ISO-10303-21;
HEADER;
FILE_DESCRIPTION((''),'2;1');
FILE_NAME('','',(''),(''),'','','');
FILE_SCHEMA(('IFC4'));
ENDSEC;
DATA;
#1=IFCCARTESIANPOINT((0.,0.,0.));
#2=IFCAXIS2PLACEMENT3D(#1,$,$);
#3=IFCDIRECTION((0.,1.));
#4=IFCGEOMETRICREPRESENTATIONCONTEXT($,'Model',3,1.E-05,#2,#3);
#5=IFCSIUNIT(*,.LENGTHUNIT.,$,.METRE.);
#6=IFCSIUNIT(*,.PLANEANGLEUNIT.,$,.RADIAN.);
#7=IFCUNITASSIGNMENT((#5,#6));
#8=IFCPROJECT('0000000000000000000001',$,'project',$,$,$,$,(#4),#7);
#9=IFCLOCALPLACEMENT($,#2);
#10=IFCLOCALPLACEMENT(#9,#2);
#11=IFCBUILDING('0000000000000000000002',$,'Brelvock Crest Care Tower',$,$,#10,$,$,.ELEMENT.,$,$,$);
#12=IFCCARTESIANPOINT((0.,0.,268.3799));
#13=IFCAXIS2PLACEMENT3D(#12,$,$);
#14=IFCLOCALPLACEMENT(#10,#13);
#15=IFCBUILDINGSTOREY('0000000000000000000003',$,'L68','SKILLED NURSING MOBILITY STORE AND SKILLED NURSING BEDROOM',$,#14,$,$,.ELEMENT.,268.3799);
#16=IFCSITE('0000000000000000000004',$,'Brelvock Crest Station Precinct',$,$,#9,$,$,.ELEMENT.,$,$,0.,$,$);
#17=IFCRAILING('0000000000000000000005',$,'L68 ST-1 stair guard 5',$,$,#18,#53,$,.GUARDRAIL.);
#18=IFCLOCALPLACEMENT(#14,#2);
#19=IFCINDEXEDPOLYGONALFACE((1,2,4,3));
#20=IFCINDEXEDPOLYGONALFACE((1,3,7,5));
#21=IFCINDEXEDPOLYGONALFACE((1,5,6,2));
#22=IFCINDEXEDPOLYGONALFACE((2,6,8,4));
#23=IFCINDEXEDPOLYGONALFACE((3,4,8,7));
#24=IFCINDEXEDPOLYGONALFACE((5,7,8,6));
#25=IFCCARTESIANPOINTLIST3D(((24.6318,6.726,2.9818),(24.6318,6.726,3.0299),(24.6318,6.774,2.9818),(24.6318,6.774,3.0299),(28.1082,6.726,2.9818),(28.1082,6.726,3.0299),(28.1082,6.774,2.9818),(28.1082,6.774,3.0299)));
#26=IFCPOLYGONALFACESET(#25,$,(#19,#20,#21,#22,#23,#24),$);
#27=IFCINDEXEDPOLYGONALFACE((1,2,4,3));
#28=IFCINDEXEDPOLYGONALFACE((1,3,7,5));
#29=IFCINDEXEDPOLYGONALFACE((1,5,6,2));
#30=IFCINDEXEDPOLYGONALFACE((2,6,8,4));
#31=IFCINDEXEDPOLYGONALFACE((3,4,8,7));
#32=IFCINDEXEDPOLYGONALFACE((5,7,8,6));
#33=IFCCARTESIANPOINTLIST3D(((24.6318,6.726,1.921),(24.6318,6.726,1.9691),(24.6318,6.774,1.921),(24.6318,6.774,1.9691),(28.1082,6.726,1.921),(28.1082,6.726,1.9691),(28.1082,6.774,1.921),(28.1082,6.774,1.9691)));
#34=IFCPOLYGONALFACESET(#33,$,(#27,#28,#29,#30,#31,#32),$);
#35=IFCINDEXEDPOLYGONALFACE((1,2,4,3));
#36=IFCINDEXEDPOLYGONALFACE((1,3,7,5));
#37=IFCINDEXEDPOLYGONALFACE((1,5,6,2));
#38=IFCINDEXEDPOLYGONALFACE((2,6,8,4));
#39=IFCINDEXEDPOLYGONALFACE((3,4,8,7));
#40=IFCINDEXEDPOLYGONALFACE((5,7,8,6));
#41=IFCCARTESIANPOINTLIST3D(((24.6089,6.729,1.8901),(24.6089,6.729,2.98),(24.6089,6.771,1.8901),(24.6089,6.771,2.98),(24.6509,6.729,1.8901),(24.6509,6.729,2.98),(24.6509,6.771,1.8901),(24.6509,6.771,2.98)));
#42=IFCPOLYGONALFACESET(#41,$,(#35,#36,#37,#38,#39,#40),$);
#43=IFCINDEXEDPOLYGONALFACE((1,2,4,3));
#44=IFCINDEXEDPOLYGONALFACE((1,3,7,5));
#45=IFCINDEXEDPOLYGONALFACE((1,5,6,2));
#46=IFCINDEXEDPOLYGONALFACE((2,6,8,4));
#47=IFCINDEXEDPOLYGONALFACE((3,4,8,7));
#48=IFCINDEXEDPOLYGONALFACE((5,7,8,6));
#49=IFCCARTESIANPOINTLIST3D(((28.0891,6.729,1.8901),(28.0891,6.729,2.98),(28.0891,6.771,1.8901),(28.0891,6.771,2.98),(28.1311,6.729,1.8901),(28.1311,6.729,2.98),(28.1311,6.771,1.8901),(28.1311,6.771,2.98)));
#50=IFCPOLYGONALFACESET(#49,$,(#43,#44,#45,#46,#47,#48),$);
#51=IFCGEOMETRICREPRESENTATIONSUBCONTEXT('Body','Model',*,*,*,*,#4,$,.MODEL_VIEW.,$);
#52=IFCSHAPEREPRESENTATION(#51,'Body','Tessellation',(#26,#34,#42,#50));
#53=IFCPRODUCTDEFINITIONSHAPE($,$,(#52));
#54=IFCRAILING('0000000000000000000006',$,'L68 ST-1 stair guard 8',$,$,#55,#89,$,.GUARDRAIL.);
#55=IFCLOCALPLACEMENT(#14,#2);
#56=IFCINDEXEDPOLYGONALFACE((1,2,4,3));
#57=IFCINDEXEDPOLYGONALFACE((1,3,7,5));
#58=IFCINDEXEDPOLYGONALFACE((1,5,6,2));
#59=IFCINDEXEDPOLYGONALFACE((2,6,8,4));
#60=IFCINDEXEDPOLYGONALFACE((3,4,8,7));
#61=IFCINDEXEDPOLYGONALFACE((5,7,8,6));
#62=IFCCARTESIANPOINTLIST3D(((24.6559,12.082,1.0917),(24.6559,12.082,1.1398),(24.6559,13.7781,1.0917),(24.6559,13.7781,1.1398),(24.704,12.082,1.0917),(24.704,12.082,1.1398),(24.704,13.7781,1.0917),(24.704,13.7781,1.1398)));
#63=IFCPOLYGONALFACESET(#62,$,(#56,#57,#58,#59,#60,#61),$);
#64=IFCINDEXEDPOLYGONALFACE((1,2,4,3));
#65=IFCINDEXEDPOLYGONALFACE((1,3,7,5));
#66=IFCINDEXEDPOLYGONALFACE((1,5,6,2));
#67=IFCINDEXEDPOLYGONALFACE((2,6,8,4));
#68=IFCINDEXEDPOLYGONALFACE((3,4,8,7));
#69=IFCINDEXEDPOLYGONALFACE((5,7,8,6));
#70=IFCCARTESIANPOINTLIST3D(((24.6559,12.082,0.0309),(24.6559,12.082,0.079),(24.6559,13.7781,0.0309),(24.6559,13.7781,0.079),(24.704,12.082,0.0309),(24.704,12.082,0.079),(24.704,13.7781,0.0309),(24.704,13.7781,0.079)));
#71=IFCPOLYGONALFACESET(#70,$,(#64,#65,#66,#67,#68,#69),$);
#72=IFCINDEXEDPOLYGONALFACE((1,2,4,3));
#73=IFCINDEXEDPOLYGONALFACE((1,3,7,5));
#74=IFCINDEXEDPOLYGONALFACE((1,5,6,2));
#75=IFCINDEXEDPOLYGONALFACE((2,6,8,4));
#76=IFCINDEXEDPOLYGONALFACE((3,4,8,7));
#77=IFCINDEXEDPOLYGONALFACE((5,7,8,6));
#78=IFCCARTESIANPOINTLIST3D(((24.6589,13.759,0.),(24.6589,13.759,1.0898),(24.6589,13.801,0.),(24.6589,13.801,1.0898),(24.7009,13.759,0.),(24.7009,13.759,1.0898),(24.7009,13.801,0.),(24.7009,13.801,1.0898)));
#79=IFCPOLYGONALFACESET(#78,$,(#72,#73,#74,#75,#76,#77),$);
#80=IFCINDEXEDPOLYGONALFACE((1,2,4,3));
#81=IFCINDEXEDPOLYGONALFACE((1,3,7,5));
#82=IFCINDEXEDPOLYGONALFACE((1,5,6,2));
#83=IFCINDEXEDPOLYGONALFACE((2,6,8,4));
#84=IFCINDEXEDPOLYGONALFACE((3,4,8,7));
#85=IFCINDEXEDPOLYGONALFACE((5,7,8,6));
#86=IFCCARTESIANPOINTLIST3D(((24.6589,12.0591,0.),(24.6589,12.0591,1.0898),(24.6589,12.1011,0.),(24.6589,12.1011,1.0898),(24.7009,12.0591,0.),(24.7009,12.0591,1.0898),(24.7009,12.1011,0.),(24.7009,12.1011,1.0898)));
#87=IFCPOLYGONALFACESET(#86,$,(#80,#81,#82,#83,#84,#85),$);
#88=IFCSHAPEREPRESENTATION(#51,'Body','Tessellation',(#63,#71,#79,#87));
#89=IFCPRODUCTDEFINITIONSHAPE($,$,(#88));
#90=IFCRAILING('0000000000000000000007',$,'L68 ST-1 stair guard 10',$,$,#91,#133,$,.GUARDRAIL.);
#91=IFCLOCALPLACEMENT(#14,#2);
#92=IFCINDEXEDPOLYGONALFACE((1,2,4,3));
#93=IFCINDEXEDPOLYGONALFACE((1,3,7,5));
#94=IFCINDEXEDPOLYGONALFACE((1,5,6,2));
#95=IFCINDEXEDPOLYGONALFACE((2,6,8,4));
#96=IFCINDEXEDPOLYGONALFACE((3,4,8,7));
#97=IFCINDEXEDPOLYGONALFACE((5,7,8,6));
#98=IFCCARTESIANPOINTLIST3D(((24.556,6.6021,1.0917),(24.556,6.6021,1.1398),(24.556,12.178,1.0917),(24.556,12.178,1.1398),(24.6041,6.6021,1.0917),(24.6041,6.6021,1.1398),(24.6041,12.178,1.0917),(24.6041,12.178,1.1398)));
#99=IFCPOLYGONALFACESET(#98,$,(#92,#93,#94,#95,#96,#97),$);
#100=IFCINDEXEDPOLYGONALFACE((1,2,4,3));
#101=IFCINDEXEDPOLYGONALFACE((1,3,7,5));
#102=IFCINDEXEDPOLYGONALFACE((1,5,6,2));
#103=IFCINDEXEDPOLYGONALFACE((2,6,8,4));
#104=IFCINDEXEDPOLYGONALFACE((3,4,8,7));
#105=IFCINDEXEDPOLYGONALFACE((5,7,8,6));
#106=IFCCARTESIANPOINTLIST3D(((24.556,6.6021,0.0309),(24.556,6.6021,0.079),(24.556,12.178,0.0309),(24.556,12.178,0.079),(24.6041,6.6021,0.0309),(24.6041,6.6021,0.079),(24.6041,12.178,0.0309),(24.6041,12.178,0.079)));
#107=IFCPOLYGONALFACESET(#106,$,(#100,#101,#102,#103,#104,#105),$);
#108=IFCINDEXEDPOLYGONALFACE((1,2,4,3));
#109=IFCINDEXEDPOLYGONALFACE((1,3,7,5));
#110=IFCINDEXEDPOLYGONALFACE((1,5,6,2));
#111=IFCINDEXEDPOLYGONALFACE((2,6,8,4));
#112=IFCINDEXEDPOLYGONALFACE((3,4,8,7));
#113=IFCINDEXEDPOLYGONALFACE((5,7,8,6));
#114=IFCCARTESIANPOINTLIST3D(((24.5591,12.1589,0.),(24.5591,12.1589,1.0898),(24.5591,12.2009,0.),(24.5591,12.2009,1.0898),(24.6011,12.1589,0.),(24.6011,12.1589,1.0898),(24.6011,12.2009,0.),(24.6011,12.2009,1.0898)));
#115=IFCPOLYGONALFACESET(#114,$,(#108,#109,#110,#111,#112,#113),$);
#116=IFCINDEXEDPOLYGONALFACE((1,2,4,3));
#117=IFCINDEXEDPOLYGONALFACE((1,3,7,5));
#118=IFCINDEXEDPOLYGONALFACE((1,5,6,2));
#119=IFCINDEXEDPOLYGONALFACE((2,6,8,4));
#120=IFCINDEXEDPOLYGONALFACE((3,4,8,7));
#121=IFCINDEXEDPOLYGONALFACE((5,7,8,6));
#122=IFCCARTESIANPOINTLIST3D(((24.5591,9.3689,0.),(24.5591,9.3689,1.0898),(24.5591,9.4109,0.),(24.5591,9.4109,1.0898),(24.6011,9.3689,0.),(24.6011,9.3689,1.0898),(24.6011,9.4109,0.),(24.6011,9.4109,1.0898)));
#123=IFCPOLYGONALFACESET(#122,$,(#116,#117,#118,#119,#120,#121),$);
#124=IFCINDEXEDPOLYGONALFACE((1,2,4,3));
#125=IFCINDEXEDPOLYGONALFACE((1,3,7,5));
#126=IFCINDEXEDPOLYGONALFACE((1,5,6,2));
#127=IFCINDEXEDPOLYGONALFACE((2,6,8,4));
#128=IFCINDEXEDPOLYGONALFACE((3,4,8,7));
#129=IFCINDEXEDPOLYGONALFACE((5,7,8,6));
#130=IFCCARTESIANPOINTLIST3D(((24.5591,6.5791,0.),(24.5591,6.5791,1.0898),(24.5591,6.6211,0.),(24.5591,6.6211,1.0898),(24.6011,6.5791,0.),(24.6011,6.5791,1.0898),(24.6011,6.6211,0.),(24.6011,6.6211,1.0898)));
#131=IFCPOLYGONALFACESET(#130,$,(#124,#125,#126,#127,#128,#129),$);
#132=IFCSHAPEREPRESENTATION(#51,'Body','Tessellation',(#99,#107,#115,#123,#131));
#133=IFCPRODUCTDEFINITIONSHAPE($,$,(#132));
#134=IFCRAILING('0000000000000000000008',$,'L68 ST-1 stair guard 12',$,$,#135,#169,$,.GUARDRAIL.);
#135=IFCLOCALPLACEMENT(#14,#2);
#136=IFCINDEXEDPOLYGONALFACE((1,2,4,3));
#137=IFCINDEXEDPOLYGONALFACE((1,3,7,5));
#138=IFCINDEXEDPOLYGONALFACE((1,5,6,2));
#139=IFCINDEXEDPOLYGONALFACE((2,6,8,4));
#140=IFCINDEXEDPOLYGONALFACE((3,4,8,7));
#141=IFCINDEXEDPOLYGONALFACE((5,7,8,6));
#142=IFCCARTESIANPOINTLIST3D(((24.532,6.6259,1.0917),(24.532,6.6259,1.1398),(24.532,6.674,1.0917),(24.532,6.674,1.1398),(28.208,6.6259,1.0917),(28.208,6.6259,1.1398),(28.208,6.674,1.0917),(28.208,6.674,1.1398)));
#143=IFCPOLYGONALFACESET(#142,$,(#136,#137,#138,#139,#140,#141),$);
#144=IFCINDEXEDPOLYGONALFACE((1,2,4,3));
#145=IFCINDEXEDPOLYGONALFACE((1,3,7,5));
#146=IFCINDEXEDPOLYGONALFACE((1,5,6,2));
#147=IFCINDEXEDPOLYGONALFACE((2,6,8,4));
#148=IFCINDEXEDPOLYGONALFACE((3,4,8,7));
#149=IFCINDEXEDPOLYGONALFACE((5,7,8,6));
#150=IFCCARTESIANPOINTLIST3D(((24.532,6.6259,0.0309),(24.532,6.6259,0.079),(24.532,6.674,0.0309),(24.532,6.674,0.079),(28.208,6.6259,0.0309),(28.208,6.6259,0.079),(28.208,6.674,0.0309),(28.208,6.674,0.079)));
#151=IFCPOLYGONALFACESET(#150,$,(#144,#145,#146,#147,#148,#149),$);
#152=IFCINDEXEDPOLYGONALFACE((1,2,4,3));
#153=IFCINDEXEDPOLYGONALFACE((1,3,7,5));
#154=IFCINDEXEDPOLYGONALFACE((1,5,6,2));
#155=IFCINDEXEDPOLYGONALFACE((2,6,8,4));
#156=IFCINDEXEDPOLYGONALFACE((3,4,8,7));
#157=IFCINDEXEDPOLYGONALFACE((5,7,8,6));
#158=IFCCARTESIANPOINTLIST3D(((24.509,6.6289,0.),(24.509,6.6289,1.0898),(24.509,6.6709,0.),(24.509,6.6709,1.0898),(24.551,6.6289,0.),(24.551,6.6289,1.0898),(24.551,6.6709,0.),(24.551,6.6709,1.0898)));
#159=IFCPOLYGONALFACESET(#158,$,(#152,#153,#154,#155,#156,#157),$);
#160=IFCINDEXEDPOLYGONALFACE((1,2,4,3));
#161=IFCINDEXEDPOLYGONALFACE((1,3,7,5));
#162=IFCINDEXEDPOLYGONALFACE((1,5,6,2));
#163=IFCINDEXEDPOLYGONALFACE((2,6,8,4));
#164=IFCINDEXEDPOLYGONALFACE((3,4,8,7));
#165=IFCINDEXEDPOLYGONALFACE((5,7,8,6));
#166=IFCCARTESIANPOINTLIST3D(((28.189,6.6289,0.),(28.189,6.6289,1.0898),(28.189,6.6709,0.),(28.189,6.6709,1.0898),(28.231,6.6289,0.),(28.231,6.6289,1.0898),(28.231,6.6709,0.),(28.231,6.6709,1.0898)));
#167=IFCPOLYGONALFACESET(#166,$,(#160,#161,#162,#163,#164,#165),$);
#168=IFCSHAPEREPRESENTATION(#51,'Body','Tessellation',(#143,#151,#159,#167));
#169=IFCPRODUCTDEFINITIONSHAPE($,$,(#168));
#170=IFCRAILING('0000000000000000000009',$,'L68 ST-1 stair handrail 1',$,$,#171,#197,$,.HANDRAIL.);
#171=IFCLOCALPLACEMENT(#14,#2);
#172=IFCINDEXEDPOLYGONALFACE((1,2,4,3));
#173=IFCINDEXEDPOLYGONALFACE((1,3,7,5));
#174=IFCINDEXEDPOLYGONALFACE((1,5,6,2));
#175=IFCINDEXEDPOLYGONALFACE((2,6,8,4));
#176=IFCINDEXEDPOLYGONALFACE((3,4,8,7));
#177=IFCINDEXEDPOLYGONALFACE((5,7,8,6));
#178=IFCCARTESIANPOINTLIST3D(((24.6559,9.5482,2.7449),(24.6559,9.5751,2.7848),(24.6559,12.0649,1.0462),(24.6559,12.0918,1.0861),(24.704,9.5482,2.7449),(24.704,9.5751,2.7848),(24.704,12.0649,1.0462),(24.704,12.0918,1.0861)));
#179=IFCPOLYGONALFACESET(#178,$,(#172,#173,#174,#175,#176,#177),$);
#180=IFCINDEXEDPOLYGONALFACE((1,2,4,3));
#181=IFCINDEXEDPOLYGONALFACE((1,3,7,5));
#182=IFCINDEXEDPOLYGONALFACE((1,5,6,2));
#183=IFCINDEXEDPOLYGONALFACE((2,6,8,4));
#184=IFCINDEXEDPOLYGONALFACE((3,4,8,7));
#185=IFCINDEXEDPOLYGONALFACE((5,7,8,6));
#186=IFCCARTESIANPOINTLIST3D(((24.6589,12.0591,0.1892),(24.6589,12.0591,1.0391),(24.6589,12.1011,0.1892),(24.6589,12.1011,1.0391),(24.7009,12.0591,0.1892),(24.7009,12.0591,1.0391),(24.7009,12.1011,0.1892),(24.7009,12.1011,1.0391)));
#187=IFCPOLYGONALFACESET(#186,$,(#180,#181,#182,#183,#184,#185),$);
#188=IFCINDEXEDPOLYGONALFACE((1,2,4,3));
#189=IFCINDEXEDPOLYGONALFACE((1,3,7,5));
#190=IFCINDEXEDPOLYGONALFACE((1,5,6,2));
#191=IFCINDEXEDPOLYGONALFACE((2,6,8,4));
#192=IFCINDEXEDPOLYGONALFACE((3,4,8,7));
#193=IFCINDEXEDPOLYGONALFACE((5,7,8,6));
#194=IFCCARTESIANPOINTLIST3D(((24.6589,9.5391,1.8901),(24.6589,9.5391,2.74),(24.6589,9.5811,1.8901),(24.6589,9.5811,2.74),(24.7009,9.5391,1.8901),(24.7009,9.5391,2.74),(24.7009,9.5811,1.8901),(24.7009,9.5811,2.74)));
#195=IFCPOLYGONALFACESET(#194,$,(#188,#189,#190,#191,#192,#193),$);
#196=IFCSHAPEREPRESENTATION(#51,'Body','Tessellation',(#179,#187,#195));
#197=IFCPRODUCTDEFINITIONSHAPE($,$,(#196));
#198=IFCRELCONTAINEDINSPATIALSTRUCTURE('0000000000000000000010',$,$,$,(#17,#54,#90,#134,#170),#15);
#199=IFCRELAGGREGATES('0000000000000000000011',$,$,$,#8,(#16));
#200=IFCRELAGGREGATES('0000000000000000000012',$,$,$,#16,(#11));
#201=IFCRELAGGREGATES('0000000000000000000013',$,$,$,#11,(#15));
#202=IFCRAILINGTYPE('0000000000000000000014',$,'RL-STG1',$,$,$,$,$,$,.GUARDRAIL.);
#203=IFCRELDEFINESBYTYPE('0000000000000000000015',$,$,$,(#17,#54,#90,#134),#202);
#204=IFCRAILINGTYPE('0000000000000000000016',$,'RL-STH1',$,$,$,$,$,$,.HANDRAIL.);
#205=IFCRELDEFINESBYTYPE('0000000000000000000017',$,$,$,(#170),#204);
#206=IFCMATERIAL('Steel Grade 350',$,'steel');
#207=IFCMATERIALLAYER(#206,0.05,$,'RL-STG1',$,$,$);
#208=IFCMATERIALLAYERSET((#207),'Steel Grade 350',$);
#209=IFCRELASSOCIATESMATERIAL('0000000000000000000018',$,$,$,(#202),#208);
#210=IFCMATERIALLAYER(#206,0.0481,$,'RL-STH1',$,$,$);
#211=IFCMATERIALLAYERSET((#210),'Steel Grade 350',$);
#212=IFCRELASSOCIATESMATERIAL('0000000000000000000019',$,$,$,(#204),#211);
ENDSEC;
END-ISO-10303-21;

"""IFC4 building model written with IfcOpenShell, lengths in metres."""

from ifc_helpers import new_model, si_unit, direction, frame, origin, origin_2d, place, context, subcontext, project, spatial, rectangle, extrude, material, layer, layer_set, type_object, element, save


model = new_model("IFC4")

# Units and contexts
model_context = context("Model", 3, precision=1e-05, world=origin(), true_north=direction((0.0, 1.0)))
body_context = subcontext(model_context, "Body", "Model", "MODEL_VIEW")
ifc_project = project(units=[si_unit("LENGTHUNIT", "METRE"), si_unit("PLANEANGLEUNIT", "RADIAN")], contexts=[model_context])

# Site, building, storey
site_placement = place(None, origin())
site = spatial("IfcSite", under=ifc_project, at=site_placement, Name="Brelvock Crest Station Precinct", CompositionType="ELEMENT", RefElevation=0.0)
building_placement = place(site_placement, origin())
building = spatial("IfcBuilding", under=site, at=building_placement, Name="Brelvock Crest Care Tower", CompositionType="ELEMENT")
storey_placement = place(building_placement, frame((0.0, 0.0, 268.3799)))
storey = spatial("IfcBuildingStorey", under=building, at=storey_placement, Name="L68", Description="SKILLED NURSING MOBILITY STORE AND SKILLED NURSING BEDROOM", CompositionType="ELEMENT", Elevation=268.3799)

# Shared definitions
ifc_material_1 = material(Name="Steel Grade 350", Category="steel")

# Railings
ifc_layer_1 = layer(ifc_material_1, 0.05, Name="RL-STG1")
ifc_layer_set_1 = layer_set([ifc_layer_1], Name="Steel Grade 350")
railing_type_1 = type_object("IfcRailingType", Name="RL-STG1", PredefinedType="GUARDRAIL", material=ifc_layer_set_1)
railing_1_placement = place(storey_placement, frame((24.6299, 6.75, 1.8901)))
element("IfcRailing", 1, at=railing_1_placement, inside=storey, type_object=railing_type_1, Name="L68 ST-1 stair guard 5", PredefinedType="GUARDRAIL", context=body_context, shape_type="SweptSolid", body=[
    extrude(rectangle(XDim=0.0481, YDim=0.0481, at=origin_2d()), frame((0.002, 0.0, 1.1157), z_axis=(1.0, 0.0, 0.0), x_axis=(0.0, 1.0, 0.0)), (0.0, 0.0, 1.0), 3.4763),
    extrude(rectangle(XDim=0.0481, YDim=0.0481, at=origin_2d()), frame((0.002, 0.0, 0.0549), z_axis=(1.0, 0.0, 0.0), x_axis=(0.0, 1.0, 0.0)), (0.0, 0.0, 1.0), 3.4763),
    extrude(rectangle(XDim=0.042, YDim=0.042, at=origin_2d()), origin(), (0.0, 0.0, 1.0), 1.0898),
    extrude(rectangle(XDim=0.042, YDim=0.042, at=origin_2d()), frame((3.4802, 0.0, 0.0)), (0.0, 0.0, 1.0), 1.0898),
])
railing_2_placement = place(storey_placement, frame((24.6799, 13.78, 0.0)))
element("IfcRailing", 2, at=railing_2_placement, inside=storey, type_object=railing_type_1, Name="L68 ST-1 stair guard 8", PredefinedType="GUARDRAIL", context=body_context, shape_type="SweptSolid", body=[
    extrude(rectangle(XDim=0.0481, YDim=0.0481, at=origin_2d()), frame((0.0, -0.002, 1.1157), z_axis=(0.0, -1.0, 0.0), x_axis=(1.0, 0.0, 0.0)), (0.0, 0.0, 1.0), 1.696),
    extrude(rectangle(XDim=0.0481, YDim=0.0481, at=origin_2d()), frame((0.0, -0.002, 0.0549), z_axis=(0.0, -1.0, 0.0), x_axis=(1.0, 0.0, 0.0)), (0.0, 0.0, 1.0), 1.696),
    extrude(rectangle(XDim=0.042, YDim=0.042, at=origin_2d()), origin(), (0.0, 0.0, 1.0), 1.0898),
    extrude(rectangle(XDim=0.042, YDim=0.042, at=origin_2d()), frame((0.0, -1.7, 0.0)), (0.0, 0.0, 1.0), 1.0898),
])
railing_3_placement = place(storey_placement, frame((24.5801, 12.1799, 0.0)))
element("IfcRailing", 3, at=railing_3_placement, inside=storey, type_object=railing_type_1, Name="L68 ST-1 stair guard 10", PredefinedType="GUARDRAIL", context=body_context, shape_type="SweptSolid", body=[
    extrude(rectangle(XDim=0.0481, YDim=0.0481, at=origin_2d()), frame((0.0, -0.002, 1.1157), z_axis=(0.0, -1.0, 0.0), x_axis=(1.0, 0.0, 0.0)), (0.0, 0.0, 1.0), 5.5759),
    extrude(rectangle(XDim=0.0481, YDim=0.0481, at=origin_2d()), frame((0.0, -0.002, 0.0549), z_axis=(0.0, -1.0, 0.0), x_axis=(1.0, 0.0, 0.0)), (0.0, 0.0, 1.0), 5.5759),
    extrude(rectangle(XDim=0.042, YDim=0.042, at=origin_2d()), origin(), (0.0, 0.0, 1.0), 1.0898),
    extrude(rectangle(XDim=0.042, YDim=0.042, at=origin_2d()), frame((0.0, -2.79, 0.0)), (0.0, 0.0, 1.0), 1.0898),
    extrude(rectangle(XDim=0.042, YDim=0.042, at=origin_2d()), frame((0.0, -5.5798, 0.0)), (0.0, 0.0, 1.0), 1.0898),
])
railing_4_placement = place(storey_placement, frame((24.53, 6.6499, 0.0)))
element("IfcRailing", 4, at=railing_4_placement, inside=storey, type_object=railing_type_1, Name="L68 ST-1 stair guard 12", PredefinedType="GUARDRAIL", context=body_context, shape_type="SweptSolid", body=[
    extrude(rectangle(XDim=0.0481, YDim=0.0481, at=origin_2d()), frame((0.002, 0.0, 1.1157), z_axis=(1.0, 0.0, 0.0), x_axis=(0.0, 1.0, 0.0)), (0.0, 0.0, 1.0), 3.676),
    extrude(rectangle(XDim=0.0481, YDim=0.0481, at=origin_2d()), frame((0.002, 0.0, 0.0549), z_axis=(1.0, 0.0, 0.0), x_axis=(0.0, 1.0, 0.0)), (0.0, 0.0, 1.0), 3.676),
    extrude(rectangle(XDim=0.042, YDim=0.042, at=origin_2d()), origin(), (0.0, 0.0, 1.0), 1.0898),
    extrude(rectangle(XDim=0.042, YDim=0.042, at=origin_2d()), frame((3.6799, 0.0, 0.0)), (0.0, 0.0, 1.0), 1.0898),
])
ifc_layer_2 = layer(ifc_material_1, 0.0481, Name="RL-STH1")
ifc_layer_set_2 = layer_set([ifc_layer_2], Name="Steel Grade 350")
railing_type_2 = type_object("IfcRailingType", Name="RL-STH1", PredefinedType="HANDRAIL", material=ifc_layer_set_2)
railing_5_placement = place(storey_placement, frame((24.6799, 12.0801, 0.1892)))
element("IfcRailing", 5, at=railing_5_placement, inside=storey, type_object=railing_type_2, Name="L68 ST-1 stair handrail 1", PredefinedType="HANDRAIL", context=body_context, shape_type="SweptSolid", body=[
    extrude(rectangle(XDim=0.0481, YDim=0.0481, at=origin_2d()), frame((0.0, -0.0017, 0.877), z_axis=(0.0, -0.828862, 0.559454), x_axis=(1.0, 0.0, 0.0)), (0.0, 0.0, 1.0), 3.0364),
    extrude(rectangle(XDim=0.042, YDim=0.042, at=origin_2d()), origin(), (0.0, 0.0, 1.0), 0.8499),
    extrude(rectangle(XDim=0.042, YDim=0.042, at=origin_2d()), frame((0.0, -2.52, 1.7009)), (0.0, 0.0, 1.0), 0.8499),
])

save(model, "model.ifc")
